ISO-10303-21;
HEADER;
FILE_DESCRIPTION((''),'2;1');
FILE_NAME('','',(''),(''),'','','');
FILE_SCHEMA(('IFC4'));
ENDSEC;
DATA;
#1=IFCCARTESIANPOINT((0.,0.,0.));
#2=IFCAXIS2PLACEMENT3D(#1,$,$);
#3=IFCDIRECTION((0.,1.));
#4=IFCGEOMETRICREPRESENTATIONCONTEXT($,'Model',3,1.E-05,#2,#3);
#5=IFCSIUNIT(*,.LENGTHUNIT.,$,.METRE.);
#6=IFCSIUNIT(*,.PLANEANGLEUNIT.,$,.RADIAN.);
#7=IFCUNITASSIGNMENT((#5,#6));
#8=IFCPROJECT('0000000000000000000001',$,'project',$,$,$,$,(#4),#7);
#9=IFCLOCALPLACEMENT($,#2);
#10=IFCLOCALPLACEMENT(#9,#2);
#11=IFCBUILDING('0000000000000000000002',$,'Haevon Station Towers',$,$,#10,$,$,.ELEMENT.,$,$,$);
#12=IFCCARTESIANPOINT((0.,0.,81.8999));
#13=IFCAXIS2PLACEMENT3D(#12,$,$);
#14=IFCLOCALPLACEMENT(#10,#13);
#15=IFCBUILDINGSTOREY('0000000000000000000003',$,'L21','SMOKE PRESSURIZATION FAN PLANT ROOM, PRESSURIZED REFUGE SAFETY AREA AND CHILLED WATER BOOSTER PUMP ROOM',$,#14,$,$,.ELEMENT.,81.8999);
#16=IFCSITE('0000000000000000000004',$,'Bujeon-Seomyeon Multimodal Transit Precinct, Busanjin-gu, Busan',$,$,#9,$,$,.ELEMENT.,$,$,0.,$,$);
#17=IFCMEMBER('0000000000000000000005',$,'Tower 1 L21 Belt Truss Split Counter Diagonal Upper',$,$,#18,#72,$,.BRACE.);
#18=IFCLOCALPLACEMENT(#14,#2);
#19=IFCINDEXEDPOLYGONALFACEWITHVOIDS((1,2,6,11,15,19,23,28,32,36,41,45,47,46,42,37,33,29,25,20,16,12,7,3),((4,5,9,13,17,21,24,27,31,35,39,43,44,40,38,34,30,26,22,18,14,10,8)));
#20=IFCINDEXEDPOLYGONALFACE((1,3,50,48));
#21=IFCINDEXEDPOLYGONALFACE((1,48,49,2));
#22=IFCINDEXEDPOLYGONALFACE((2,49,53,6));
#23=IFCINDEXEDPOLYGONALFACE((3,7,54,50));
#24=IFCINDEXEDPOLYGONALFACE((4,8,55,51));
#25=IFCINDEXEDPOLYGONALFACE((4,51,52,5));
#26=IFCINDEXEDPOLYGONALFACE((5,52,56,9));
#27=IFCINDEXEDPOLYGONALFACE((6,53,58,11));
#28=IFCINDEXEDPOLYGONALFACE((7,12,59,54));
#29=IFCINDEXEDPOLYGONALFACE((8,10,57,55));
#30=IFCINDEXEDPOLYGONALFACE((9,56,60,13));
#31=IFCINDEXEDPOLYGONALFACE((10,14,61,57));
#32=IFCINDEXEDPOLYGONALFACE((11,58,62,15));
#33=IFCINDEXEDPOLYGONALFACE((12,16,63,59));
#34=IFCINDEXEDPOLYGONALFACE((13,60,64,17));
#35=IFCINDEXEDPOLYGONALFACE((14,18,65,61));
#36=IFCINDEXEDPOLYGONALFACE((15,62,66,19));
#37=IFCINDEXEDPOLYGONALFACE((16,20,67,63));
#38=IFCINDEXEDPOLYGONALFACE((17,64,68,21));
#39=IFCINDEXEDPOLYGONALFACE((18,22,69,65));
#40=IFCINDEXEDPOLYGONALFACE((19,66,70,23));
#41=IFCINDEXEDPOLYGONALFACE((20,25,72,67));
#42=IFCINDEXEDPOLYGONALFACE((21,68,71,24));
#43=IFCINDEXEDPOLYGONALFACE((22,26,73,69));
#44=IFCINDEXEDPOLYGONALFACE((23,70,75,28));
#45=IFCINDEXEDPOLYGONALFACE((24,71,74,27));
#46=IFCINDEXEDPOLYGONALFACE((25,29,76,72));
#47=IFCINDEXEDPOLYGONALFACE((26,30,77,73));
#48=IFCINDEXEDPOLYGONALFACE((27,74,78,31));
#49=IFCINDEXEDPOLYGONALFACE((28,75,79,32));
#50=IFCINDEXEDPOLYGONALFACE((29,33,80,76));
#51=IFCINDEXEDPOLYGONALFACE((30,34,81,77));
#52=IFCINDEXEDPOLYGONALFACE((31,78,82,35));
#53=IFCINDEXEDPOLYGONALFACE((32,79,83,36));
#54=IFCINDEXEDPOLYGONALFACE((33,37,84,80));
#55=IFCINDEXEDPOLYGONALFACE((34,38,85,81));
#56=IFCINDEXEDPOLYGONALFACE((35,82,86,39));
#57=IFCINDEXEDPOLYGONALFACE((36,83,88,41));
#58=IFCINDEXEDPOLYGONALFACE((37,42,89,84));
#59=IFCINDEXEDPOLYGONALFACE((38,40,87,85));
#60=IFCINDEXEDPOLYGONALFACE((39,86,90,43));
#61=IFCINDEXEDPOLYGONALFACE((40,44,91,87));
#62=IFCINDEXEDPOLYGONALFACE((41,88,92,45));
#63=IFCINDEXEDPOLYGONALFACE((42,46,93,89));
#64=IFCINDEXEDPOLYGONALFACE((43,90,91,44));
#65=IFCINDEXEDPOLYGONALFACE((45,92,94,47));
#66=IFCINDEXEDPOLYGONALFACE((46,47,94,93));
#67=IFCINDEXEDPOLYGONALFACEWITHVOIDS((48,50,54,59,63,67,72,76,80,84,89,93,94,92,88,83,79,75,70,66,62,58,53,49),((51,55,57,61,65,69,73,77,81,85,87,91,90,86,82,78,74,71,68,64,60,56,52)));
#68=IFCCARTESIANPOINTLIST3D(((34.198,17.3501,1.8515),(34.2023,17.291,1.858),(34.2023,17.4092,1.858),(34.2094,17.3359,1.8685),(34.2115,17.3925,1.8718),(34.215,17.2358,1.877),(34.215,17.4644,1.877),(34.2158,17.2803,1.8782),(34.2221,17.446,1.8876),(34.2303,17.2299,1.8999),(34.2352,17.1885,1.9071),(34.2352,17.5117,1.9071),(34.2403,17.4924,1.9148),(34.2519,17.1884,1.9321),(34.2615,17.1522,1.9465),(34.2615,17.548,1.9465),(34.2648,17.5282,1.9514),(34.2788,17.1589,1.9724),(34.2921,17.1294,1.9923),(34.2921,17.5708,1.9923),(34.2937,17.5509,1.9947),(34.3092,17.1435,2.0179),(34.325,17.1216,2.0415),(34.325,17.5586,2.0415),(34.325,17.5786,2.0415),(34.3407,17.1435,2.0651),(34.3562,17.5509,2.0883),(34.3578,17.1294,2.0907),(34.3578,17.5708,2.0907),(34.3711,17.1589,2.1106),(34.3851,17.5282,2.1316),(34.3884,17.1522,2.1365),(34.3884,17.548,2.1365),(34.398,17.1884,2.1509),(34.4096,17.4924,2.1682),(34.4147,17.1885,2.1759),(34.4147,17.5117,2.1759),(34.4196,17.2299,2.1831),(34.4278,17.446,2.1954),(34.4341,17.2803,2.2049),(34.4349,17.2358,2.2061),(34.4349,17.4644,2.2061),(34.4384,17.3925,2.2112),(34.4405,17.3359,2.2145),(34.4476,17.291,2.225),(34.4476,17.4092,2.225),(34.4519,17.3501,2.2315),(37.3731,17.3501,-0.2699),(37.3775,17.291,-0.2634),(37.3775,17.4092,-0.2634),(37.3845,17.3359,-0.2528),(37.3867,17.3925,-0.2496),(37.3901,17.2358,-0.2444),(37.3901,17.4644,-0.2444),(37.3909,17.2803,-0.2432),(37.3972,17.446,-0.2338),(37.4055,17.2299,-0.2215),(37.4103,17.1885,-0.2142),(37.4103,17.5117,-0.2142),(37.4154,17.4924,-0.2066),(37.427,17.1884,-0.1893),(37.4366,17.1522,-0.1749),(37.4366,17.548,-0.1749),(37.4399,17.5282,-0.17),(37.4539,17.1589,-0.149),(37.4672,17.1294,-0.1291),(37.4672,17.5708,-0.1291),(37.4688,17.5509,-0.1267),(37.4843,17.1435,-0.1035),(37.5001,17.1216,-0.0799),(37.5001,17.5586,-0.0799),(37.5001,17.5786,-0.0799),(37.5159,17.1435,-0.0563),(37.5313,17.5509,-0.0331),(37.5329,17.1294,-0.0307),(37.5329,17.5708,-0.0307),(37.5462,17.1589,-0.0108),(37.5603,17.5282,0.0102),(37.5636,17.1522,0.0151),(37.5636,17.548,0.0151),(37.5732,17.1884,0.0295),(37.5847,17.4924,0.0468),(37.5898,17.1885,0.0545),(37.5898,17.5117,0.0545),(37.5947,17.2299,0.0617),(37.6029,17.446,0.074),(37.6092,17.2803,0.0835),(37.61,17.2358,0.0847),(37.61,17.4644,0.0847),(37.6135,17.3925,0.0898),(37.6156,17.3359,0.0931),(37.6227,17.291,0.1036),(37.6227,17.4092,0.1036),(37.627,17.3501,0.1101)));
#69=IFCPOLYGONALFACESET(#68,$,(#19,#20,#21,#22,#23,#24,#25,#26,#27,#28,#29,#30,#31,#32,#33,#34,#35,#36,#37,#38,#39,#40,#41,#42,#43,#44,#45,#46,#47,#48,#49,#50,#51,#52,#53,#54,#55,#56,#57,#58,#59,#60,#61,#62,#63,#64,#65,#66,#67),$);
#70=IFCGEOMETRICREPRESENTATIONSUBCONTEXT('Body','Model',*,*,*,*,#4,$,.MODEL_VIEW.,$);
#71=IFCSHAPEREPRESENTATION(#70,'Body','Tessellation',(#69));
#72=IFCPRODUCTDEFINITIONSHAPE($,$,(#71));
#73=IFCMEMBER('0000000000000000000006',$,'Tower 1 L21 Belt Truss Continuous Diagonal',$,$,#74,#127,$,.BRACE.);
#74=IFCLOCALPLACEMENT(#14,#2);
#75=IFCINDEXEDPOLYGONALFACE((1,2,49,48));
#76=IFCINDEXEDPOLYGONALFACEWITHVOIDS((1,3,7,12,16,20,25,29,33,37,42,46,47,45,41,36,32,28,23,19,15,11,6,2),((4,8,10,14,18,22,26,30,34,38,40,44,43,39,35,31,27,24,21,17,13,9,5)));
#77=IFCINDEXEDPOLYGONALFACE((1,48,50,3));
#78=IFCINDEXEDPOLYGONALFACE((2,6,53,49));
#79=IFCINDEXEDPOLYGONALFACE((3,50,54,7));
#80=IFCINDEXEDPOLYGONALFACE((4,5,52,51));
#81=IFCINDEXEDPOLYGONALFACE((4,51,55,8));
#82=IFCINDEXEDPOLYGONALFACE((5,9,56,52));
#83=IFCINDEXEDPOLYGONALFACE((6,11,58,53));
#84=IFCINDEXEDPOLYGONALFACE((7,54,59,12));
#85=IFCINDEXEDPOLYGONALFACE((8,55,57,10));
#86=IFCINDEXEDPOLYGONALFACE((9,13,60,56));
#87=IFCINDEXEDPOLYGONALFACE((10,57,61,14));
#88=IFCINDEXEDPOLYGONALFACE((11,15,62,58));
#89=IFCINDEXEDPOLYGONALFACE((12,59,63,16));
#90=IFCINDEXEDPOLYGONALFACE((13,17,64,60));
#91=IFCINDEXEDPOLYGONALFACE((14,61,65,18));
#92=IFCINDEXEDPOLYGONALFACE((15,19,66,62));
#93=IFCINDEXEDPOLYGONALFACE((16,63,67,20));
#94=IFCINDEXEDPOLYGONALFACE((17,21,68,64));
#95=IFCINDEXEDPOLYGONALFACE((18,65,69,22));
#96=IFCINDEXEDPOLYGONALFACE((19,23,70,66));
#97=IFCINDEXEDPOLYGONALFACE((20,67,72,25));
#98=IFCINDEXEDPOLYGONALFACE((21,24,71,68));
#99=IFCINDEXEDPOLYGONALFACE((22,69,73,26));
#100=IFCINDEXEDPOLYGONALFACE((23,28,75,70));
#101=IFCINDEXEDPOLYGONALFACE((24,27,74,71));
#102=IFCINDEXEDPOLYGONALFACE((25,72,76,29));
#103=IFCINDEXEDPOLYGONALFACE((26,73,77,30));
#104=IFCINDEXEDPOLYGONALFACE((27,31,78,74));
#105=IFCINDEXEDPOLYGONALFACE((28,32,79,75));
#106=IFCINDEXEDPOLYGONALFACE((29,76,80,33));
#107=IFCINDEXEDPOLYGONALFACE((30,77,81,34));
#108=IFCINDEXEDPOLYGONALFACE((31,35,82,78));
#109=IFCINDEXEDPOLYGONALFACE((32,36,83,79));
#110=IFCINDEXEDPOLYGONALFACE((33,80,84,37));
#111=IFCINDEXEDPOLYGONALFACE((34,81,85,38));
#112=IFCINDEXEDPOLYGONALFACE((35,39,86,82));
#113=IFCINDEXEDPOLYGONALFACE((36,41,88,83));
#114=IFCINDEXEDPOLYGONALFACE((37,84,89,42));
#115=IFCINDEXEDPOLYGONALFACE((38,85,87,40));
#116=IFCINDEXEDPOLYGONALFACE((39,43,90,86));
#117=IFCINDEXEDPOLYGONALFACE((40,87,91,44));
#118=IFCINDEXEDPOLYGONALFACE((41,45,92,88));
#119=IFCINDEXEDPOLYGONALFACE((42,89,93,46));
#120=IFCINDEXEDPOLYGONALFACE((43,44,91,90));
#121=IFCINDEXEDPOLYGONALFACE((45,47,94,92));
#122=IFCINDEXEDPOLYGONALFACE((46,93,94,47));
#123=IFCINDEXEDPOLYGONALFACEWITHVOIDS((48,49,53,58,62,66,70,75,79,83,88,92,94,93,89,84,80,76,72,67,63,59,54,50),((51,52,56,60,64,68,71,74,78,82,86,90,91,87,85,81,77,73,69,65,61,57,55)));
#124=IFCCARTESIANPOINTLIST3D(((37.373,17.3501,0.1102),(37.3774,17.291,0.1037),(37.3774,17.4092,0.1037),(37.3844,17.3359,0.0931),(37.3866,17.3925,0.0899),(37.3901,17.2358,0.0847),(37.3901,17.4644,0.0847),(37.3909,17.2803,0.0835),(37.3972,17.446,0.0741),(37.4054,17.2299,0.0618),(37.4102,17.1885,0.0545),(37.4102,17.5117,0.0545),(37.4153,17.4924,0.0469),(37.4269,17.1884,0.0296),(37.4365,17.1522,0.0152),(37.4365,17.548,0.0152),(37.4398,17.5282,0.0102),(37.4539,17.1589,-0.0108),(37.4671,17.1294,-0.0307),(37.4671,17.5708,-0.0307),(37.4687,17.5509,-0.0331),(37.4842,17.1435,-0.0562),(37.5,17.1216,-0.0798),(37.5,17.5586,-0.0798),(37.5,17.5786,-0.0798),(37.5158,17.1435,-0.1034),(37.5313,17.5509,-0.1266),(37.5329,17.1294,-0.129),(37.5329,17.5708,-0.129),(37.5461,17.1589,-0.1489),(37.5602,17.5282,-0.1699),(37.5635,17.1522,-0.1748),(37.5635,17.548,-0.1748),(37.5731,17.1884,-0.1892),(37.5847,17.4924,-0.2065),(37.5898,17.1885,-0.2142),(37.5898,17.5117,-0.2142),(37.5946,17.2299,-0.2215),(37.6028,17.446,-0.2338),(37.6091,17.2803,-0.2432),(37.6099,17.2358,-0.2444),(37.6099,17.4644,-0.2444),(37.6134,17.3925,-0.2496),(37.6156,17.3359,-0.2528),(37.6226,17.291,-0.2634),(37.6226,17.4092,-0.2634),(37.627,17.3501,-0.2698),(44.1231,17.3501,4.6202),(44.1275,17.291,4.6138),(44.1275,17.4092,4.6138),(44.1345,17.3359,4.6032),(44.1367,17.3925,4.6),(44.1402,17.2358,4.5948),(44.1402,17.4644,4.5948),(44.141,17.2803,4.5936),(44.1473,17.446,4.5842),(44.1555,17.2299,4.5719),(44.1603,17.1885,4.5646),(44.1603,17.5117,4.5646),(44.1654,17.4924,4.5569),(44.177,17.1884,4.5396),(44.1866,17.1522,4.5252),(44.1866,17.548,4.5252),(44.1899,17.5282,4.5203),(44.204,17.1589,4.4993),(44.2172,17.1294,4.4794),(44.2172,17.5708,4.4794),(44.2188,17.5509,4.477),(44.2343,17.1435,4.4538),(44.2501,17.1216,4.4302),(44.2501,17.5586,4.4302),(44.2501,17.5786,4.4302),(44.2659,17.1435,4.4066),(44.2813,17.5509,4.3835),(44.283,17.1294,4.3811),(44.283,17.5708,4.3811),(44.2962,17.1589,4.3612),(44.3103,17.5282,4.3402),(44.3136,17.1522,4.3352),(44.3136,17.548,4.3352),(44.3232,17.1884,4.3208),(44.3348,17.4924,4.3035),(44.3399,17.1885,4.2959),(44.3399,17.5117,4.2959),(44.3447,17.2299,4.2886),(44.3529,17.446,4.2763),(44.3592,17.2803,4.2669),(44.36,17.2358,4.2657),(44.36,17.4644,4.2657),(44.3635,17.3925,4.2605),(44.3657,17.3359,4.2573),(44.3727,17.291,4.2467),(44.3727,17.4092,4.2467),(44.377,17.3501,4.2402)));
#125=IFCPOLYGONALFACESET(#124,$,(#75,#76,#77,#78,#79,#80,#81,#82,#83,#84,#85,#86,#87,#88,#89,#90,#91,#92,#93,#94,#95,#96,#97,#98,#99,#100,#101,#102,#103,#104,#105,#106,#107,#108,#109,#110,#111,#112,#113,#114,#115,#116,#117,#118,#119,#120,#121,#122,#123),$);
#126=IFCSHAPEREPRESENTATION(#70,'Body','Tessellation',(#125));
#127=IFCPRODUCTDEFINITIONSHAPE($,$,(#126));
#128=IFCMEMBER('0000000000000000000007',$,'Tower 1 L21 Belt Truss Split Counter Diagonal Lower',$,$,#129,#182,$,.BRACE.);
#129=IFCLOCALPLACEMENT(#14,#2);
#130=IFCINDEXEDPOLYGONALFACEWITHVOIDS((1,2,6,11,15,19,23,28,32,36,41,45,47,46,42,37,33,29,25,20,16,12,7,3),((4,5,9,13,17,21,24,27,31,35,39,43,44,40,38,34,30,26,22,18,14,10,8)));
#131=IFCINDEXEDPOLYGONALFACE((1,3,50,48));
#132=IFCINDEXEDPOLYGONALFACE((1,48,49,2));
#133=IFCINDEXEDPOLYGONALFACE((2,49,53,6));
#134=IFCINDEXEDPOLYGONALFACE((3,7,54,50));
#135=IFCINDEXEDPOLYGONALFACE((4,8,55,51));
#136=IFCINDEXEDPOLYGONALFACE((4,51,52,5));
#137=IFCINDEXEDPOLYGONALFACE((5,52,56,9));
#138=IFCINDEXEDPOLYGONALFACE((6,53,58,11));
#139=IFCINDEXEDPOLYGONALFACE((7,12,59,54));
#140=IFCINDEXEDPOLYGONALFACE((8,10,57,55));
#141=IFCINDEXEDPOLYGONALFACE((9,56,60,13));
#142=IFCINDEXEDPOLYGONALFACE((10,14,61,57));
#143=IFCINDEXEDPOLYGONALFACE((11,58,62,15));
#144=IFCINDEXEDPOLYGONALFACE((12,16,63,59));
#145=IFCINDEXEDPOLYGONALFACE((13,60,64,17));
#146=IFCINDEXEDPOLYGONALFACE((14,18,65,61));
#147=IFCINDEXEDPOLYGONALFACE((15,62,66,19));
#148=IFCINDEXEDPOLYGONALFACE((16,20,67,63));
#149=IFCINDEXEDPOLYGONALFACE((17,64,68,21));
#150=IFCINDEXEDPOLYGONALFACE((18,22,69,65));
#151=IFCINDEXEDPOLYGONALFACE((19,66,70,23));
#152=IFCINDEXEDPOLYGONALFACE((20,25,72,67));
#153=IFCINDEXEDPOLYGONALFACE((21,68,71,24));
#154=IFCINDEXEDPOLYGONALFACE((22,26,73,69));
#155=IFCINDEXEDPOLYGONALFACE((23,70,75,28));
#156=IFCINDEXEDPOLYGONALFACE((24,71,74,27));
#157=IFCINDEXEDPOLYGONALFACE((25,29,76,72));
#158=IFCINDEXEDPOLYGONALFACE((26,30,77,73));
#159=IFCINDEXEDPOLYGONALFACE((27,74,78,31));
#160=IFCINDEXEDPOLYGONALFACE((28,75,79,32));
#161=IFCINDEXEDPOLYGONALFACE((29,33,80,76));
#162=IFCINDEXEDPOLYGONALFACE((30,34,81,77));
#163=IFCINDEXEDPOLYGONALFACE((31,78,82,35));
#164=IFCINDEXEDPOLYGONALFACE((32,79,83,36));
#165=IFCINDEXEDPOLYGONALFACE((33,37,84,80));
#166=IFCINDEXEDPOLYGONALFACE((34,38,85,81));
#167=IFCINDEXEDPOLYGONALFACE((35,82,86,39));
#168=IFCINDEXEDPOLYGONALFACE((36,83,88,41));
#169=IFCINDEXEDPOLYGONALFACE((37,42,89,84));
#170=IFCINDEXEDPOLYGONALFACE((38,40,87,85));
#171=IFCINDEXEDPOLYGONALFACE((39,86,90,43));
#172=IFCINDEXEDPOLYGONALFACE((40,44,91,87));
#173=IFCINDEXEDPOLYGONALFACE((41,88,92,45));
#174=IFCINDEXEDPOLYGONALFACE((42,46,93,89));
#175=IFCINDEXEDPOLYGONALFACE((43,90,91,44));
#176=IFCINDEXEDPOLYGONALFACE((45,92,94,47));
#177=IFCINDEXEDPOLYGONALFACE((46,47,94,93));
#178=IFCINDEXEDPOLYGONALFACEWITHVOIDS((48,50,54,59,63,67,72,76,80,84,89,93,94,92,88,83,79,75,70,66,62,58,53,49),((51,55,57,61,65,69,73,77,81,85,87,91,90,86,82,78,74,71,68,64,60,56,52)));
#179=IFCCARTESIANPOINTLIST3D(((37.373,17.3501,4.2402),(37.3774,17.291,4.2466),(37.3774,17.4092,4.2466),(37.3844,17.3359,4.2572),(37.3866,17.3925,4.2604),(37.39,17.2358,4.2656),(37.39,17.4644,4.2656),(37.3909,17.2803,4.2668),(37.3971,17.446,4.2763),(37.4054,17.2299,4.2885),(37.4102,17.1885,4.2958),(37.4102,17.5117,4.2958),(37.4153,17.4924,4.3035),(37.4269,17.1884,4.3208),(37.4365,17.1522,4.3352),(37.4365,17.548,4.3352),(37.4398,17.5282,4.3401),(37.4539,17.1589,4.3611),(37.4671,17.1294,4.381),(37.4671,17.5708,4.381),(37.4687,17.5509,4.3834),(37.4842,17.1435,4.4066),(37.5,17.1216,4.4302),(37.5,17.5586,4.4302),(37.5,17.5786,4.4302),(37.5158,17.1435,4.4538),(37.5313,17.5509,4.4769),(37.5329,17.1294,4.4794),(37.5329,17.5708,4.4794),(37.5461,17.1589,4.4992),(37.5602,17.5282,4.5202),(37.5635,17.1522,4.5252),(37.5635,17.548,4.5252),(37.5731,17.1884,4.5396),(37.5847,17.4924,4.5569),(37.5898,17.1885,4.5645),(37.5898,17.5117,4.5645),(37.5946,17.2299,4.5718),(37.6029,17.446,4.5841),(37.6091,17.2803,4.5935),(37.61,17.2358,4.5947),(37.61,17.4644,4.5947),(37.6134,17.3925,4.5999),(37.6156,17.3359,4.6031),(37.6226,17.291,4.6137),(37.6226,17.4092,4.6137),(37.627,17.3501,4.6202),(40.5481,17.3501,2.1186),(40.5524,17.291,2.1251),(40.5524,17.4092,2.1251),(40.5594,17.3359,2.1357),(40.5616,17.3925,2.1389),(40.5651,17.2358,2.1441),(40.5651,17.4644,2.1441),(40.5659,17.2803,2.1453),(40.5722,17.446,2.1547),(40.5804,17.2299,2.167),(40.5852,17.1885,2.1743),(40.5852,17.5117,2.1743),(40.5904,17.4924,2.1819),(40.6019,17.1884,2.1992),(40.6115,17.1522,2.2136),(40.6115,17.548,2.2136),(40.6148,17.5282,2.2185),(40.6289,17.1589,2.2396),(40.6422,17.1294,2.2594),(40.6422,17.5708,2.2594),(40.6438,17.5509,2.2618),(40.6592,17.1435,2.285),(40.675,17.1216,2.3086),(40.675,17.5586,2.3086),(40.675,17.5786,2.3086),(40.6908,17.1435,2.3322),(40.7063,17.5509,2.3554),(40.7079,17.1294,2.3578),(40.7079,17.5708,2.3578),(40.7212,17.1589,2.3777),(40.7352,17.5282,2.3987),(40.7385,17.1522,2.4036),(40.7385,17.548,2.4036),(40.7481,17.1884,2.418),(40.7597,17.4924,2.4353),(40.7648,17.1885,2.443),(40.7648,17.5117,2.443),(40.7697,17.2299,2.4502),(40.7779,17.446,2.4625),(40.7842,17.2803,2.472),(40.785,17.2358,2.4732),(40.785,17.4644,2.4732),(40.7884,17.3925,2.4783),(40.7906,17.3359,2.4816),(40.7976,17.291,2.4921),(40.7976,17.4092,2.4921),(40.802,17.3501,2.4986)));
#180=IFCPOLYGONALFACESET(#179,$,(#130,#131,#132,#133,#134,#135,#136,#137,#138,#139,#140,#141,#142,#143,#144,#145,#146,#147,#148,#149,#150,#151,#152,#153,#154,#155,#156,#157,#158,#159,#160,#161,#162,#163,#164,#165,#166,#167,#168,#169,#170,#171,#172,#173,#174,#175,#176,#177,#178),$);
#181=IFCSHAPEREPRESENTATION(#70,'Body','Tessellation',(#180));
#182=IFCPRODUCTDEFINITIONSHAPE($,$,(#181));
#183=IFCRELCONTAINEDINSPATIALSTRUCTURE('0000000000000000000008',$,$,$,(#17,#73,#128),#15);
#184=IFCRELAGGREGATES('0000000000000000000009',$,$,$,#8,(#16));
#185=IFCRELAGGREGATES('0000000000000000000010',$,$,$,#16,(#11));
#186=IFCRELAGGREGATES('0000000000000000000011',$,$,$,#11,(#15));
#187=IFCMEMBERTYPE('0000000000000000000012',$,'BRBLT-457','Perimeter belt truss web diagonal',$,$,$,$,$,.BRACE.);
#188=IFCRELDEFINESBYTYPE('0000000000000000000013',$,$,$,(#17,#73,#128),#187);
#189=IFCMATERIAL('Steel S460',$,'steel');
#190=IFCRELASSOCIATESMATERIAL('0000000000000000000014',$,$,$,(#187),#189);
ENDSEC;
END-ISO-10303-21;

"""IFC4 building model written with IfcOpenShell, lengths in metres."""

from ifc_helpers import new_model, si_unit, direction, frame, origin, origin_2d, place, context, subcontext, project, spatial, hollow_circle, extrude, material, material_profile, profile_set, type_object, element, save


model = new_model("IFC4")

# Units and contexts
model_context = context("Model", 3, precision=1e-05, world=origin(), true_north=direction((0.0, 1.0)))
body_context = subcontext(model_context, "Body", "Model", "MODEL_VIEW")
ifc_project = project(units=[si_unit("LENGTHUNIT", "METRE"), si_unit("PLANEANGLEUNIT", "RADIAN")], contexts=[model_context])

# Site, building, storey
site_placement = place(None, origin())
site = spatial("IfcSite", under=ifc_project, at=site_placement, Name="Bujeon-Seomyeon Multimodal Transit Precinct, Busanjin-gu, Busan", CompositionType="ELEMENT", RefElevation=0.0)
building_placement = place(site_placement, origin())
building = spatial("IfcBuilding", under=site, at=building_placement, Name="Haevon Station Towers", CompositionType="ELEMENT")
storey_placement = place(building_placement, frame((0.0, 0.0, 81.8999)))
storey = spatial("IfcBuildingStorey", under=building, at=storey_placement, Name="L21", Description="SMOKE PRESSURIZATION FAN PLANT ROOM, PRESSURIZED REFUGE SAFETY AREA AND CHILLED WATER BOOSTER PUMP ROOM", CompositionType="ELEMENT", Elevation=81.8999)

# Shared definitions
ifc_material_1 = material(Name="Steel S460", Category="steel")

# Members
ifc_material_profile_1 = material_profile(ifc_material_1, hollow_circle(Radius=0.2285, WallThickness=0.02, at=origin_2d()), Name="CHS-457x20")
ifc_profile_set_1 = profile_set([ifc_material_profile_1], Name="Steel S460")
member_type_1 = type_object("IfcMemberType", Name="BRBLT-457", Description="Perimeter belt truss web diagonal", PredefinedType="BRACE", material=ifc_profile_set_1)
for number, where, z_axis, x_axis, name in (
    (1, (34.325, 17.3501, 2.0415), (0.831489, 0.0, -0.555541), (0.0, 1.0, 0.0), "Tower 1 L21 Belt Truss Split Counter Diagonal Upper"),
):
    element("IfcMember", number, at=place(storey_placement, frame(where, z_axis=z_axis, x_axis=x_axis)), inside=storey, type_object=member_type_1, Name=name, PredefinedType="BRACE", context=body_context, shape_type="SweptSolid", body=[
        extrude(hollow_circle(Radius=0.2285, WallThickness=0.02, at=origin_2d()), origin(), (0.0, 0.0, 1.0), 3.8186),
    ])
member_1_placement = place(storey_placement, frame((37.5, 17.3501, -0.0798), z_axis=(0.831481, 0.0, 0.555554), x_axis=(0.0, 1.0, 0.0)))
element("IfcMember", 2, at=member_1_placement, inside=storey, type_object=member_type_1, Name="Tower 1 L21 Belt Truss Continuous Diagonal", PredefinedType="BRACE", context=body_context, shape_type="SweptSolid", body=[
    extrude(hollow_circle(Radius=0.2285, WallThickness=0.02, at=origin_2d()), origin(), (0.0, 0.0, 1.0), 8.1182),
])
for number, where, z_axis, x_axis, name in (
    (3, (37.5, 17.3501, 4.4302), (0.83146, 0.0, -0.555585), (0.0, 1.0, 0.0), "Tower 1 L21 Belt Truss Split Counter Diagonal Lower"),
):
    element("IfcMember", number, at=place(storey_placement, frame(where, z_axis=z_axis, x_axis=x_axis)), inside=storey, type_object=member_type_1, Name=name, PredefinedType="BRACE", context=body_context, shape_type="SweptSolid", body=[
        extrude(hollow_circle(Radius=0.2285, WallThickness=0.02, at=origin_2d()), origin(), (0.0, 0.0, 1.0), 3.8186),
    ])

save(model, "model.ifc")
